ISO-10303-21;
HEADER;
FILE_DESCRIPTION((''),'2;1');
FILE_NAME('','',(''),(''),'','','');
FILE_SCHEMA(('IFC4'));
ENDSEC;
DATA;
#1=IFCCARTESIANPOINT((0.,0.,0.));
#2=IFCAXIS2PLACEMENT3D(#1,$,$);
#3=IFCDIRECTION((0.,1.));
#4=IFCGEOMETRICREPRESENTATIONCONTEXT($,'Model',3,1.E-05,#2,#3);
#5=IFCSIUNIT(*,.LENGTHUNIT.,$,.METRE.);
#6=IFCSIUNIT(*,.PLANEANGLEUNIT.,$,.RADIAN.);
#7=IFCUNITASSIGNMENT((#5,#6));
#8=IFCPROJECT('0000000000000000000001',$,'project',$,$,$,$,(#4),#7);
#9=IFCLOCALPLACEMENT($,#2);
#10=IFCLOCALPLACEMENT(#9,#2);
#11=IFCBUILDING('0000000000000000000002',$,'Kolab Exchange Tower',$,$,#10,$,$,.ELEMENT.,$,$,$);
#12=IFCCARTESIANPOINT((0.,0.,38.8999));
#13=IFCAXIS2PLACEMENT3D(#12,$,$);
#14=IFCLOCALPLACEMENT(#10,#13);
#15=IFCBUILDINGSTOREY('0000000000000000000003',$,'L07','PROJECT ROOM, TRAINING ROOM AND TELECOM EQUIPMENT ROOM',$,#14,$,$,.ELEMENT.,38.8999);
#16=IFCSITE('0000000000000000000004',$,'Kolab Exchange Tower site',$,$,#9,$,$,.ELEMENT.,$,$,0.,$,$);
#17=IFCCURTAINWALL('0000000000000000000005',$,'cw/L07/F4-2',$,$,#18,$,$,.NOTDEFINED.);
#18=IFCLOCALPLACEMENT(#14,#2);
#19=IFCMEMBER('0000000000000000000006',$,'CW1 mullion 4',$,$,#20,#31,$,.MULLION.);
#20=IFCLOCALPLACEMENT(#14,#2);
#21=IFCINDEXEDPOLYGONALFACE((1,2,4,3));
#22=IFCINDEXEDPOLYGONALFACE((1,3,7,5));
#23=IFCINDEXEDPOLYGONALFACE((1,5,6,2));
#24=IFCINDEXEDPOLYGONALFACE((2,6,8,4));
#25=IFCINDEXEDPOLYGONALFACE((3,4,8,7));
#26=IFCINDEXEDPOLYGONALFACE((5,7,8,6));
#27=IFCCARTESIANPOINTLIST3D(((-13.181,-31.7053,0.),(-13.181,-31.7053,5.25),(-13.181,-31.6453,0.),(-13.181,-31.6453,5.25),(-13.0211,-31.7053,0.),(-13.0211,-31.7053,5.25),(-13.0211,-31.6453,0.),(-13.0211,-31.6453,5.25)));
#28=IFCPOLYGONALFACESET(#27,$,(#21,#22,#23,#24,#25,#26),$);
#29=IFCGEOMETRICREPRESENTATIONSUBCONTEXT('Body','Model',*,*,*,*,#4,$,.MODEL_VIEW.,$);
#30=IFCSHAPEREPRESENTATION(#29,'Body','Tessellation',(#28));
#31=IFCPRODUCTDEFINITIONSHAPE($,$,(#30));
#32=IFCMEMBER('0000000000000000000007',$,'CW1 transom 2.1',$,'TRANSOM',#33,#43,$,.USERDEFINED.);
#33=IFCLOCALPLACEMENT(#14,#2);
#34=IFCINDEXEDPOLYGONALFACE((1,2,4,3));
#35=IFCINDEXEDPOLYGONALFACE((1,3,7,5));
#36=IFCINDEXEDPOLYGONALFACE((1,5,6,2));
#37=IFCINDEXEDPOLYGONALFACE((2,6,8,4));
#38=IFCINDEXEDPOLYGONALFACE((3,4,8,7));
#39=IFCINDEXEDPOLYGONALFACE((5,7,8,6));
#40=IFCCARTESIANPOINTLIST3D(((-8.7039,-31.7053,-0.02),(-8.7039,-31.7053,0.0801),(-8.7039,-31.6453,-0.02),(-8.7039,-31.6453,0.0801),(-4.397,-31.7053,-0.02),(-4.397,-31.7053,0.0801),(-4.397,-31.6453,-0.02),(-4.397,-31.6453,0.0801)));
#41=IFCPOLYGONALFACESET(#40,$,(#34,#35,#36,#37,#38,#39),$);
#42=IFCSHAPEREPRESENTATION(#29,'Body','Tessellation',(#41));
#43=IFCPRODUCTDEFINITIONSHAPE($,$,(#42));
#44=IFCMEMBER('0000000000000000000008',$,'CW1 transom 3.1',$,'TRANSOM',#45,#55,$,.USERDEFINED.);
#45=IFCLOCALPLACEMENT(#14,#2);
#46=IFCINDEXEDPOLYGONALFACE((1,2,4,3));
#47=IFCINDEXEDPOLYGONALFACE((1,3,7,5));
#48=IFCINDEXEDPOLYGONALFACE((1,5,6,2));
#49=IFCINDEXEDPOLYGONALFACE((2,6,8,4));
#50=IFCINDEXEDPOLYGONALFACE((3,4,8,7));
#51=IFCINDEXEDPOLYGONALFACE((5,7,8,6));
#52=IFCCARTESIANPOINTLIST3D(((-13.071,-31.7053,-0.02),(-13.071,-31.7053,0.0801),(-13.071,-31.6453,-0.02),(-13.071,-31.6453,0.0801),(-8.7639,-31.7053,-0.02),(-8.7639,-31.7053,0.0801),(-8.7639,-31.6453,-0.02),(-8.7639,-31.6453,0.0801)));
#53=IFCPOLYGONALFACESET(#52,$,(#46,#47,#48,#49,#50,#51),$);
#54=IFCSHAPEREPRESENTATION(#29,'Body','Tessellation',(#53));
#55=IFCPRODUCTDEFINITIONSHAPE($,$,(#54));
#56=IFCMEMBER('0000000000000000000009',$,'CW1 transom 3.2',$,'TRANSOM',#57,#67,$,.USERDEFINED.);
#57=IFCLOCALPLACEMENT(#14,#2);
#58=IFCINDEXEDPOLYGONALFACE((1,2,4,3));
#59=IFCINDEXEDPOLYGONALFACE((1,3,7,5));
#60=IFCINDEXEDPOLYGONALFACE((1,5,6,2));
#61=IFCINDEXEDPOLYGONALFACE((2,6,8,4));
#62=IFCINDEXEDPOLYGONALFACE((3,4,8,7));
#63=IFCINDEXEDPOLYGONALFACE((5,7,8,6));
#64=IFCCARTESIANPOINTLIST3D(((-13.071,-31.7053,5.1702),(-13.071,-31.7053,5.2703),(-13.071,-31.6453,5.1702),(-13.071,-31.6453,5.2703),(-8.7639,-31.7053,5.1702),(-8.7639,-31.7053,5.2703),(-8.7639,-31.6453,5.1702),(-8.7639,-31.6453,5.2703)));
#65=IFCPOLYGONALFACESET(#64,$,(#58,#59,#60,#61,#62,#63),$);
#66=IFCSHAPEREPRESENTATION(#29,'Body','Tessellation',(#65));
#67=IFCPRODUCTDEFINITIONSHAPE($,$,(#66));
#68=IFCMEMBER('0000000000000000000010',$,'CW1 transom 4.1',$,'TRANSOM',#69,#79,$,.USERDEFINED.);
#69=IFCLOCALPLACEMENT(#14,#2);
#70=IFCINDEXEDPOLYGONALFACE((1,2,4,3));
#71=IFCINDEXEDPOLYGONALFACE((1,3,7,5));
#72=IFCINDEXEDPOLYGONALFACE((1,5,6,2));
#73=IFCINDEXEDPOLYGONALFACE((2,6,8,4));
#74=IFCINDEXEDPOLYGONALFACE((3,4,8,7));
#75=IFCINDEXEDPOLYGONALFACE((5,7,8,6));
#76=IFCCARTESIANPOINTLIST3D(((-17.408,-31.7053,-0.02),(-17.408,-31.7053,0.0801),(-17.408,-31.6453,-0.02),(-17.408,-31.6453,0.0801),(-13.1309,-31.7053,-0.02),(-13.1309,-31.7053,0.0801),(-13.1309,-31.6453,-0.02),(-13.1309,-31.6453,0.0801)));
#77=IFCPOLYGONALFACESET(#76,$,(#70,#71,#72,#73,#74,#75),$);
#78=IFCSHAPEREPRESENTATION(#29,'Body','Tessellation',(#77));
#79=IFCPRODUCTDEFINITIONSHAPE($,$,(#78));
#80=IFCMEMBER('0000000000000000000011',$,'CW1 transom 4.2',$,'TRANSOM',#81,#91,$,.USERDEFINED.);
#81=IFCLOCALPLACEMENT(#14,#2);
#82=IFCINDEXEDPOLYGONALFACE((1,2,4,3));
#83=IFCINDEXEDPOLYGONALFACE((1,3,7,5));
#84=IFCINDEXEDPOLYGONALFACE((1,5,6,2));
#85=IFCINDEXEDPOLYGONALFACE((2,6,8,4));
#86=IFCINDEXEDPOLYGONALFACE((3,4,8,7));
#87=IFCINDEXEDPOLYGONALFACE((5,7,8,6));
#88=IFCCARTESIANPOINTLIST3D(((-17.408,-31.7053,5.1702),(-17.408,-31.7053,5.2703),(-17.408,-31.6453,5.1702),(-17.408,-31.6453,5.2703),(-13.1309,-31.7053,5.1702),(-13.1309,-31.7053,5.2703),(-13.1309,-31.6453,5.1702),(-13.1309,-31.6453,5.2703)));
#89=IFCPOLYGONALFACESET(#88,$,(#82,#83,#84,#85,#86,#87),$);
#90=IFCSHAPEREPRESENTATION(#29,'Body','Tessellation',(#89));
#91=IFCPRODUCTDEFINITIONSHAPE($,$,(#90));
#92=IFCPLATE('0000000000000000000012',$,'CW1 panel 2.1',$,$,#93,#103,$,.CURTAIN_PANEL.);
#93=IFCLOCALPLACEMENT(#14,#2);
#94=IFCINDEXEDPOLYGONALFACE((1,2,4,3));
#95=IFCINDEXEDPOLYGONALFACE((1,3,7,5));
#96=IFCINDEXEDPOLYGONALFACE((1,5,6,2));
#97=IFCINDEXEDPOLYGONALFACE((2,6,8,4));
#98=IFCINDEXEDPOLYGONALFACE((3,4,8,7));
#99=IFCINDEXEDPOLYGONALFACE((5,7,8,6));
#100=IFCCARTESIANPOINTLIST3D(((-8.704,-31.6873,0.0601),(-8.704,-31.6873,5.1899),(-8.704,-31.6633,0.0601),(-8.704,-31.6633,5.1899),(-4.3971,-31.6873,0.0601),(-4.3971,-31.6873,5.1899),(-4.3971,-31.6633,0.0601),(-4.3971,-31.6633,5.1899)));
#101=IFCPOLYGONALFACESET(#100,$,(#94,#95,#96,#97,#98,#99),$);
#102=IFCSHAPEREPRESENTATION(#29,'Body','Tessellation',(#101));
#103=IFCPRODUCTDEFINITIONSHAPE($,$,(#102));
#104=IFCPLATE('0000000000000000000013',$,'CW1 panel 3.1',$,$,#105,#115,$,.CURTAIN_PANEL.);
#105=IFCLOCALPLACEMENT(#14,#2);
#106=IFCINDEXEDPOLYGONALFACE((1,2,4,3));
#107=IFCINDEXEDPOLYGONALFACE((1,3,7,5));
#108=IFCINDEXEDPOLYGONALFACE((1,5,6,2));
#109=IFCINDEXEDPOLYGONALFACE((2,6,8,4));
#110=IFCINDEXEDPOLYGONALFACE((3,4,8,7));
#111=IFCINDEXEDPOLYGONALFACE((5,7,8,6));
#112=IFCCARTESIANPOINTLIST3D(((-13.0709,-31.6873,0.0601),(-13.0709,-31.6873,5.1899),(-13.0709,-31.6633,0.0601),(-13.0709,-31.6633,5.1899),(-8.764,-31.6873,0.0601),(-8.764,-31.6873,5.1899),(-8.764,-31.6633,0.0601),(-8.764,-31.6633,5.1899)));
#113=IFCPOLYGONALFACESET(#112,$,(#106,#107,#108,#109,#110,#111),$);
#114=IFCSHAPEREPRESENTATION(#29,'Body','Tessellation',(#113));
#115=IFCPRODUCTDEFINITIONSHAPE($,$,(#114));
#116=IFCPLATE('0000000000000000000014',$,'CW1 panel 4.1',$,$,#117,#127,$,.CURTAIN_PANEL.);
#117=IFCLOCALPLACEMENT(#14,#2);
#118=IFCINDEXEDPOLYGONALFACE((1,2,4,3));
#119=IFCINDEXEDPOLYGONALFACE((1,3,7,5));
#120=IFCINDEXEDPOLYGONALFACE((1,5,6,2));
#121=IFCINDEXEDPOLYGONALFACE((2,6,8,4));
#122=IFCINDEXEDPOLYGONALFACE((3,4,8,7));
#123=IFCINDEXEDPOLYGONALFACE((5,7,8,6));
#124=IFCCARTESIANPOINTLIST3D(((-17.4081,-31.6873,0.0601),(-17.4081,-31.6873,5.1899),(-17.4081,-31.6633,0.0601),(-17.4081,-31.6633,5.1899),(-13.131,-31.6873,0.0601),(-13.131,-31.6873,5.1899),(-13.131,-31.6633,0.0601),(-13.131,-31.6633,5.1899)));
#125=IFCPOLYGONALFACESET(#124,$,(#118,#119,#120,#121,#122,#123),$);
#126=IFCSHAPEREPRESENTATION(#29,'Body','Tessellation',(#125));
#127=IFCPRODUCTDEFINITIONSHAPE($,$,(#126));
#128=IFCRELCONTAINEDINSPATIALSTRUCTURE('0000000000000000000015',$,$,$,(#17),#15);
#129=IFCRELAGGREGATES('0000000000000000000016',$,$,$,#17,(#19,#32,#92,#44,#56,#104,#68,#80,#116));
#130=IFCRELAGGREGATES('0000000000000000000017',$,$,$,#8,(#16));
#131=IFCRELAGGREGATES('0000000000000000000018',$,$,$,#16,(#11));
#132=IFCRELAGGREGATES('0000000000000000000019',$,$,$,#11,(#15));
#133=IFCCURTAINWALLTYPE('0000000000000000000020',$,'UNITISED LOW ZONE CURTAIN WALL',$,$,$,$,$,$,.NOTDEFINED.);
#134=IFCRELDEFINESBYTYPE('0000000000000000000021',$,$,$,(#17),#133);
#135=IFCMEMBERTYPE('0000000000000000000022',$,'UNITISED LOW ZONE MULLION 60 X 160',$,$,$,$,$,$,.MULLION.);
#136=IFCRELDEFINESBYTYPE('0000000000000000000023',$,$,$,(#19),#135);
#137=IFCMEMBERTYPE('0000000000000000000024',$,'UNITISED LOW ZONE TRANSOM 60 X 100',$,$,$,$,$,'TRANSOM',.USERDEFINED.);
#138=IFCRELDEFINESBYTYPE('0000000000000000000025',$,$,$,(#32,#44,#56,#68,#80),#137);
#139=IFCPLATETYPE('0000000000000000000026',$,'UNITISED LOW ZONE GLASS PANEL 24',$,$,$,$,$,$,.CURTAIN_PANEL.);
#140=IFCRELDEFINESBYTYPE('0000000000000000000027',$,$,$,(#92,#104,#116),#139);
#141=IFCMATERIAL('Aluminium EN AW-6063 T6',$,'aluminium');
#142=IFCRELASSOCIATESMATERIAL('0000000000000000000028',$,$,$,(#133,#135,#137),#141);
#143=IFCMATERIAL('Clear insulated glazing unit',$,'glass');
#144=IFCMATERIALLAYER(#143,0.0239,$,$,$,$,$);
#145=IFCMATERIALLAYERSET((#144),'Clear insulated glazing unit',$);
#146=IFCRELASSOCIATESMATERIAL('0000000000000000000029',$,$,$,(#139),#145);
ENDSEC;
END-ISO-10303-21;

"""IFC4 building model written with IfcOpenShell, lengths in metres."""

from ifc_helpers import new_model, si_unit, direction, frame, origin, origin_2d, place, context, subcontext, project, spatial, rectangle, extrude, material, layer, layer_set, material_profile, profile_set, type_object, element, aggregate, save


model = new_model("IFC4")

# Units and contexts
model_context = context("Model", 3, precision=1e-05, world=origin(), true_north=direction((0.0, 1.0)))
body_context = subcontext(model_context, "Body", "Model", "MODEL_VIEW")
ifc_project = project(units=[si_unit("LENGTHUNIT", "METRE"), si_unit("PLANEANGLEUNIT", "RADIAN")], contexts=[model_context])

# Site, building, storey
site_placement = place(None, origin())
site = spatial("IfcSite", under=ifc_project, at=site_placement, Name="Kolab Exchange Tower site", CompositionType="ELEMENT", RefElevation=0.0)
building_placement = place(site_placement, origin())
building = spatial("IfcBuilding", under=site, at=building_placement, Name="Kolab Exchange Tower", CompositionType="ELEMENT")
storey_placement = place(building_placement, frame((0.0, 0.0, 38.8999)))
storey = spatial("IfcBuildingStorey", under=building, at=storey_placement, Name="L07", Description="PROJECT ROOM, TRAINING ROOM AND TELECOM EQUIPMENT ROOM", CompositionType="ELEMENT", Elevation=38.8999)

# Curtain wall, members, plates
ifc_material_1 = material(Name="Aluminium EN AW-6063 T6", Category="aluminium")
curtain_wall_type = type_object("IfcCurtainWallType", Name="UNITISED LOW ZONE CURTAIN WALL", PredefinedType="NOTDEFINED", material=ifc_material_1)
curtain_wall_placement = place(storey_placement, origin())
curtain_wall = element("IfcCurtainWall", 1, at=curtain_wall_placement, inside=storey, type_object=curtain_wall_type, Name="cw/L07/F4-2", PredefinedType="NOTDEFINED")
ifc_material_profile_1 = material_profile(ifc_material_1, rectangle(XDim=0.0601, YDim=0.1599, at=origin_2d()), Name="RECT 60X160")
ifc_profile_set_1 = profile_set([ifc_material_profile_1], Name="Aluminium EN AW-6063 T6")
member_type_1 = type_object("IfcMemberType", Name="UNITISED LOW ZONE MULLION 60 X 160", PredefinedType="MULLION", material=ifc_profile_set_1)
member_1_placement = place(storey_placement, frame((-13.1011, -31.6753, 0.0), z_axis=(0.0, 0.0, 1.0), x_axis=(0.0, -1.0, 0.0)))
member_1 = element("IfcMember", 2, at=member_1_placement, type_object=member_type_1, Name="CW1 mullion 4", PredefinedType="MULLION", context=body_context, shape_type="SweptSolid", body=[
    extrude(rectangle(XDim=0.0601, YDim=0.1599, at=origin_2d()), origin(), (0.0, 0.0, 1.0), 5.25),
])
ifc_material_profile_2 = material_profile(ifc_material_1, rectangle(XDim=0.0601, YDim=0.1001, at=origin_2d()), Name="RECT 60X100")
ifc_profile_set_2 = profile_set([ifc_material_profile_2], Name="Aluminium EN AW-6063 T6")
member_type_2 = type_object("IfcMemberType", Name="UNITISED LOW ZONE TRANSOM 60 X 100", ElementType="TRANSOM", PredefinedType="USERDEFINED", material=ifc_profile_set_2)
member_2_placement = place(storey_placement, frame((-4.397, -31.6753, 0.03), z_axis=(-1.0, 0.0, 0.0), x_axis=(0.0, -1.0, 0.0)))
member_2 = element("IfcMember", 3, at=member_2_placement, type_object=member_type_2, Name="CW1 transom 2.1", ObjectType="TRANSOM", PredefinedType="USERDEFINED", context=body_context, shape_type="SweptSolid", body=[
    extrude(rectangle(XDim=0.0601, YDim=0.1001, at=origin_2d()), origin(), (0.0, 0.0, 1.0), 4.3069),
])
member_3_placement = place(storey_placement, frame((-8.7639, -31.6753, 0.03), z_axis=(-1.0, 0.0, 0.0), x_axis=(0.0, -1.0, 0.0)))
member_3 = element("IfcMember", 4, at=member_3_placement, type_object=member_type_2, Name="CW1 transom 3.1", ObjectType="TRANSOM", PredefinedType="USERDEFINED", context=body_context, shape_type="SweptSolid", body=[
    extrude(rectangle(XDim=0.0601, YDim=0.1001, at=origin_2d()), origin(), (0.0, 0.0, 1.0), 4.3071),
])
member_4_placement = place(storey_placement, frame((-8.7639, -31.6753, 5.2202), z_axis=(-1.0, 0.0, 0.0), x_axis=(0.0, -1.0, 0.0)))
member_4 = element("IfcMember", 5, at=member_4_placement, type_object=member_type_2, Name="CW1 transom 3.2", ObjectType="TRANSOM", PredefinedType="USERDEFINED", context=body_context, shape_type="SweptSolid", body=[
    extrude(rectangle(XDim=0.0601, YDim=0.1001, at=origin_2d()), origin(), (0.0, 0.0, 1.0), 4.3071),
])
member_5_placement = place(storey_placement, frame((-13.1309, -31.6753, 0.03), z_axis=(-1.0, 0.0, 0.0), x_axis=(0.0, -1.0, 0.0)))
member_5 = element("IfcMember", 6, at=member_5_placement, type_object=member_type_2, Name="CW1 transom 4.1", ObjectType="TRANSOM", PredefinedType="USERDEFINED", context=body_context, shape_type="SweptSolid", body=[
    extrude(rectangle(XDim=0.0601, YDim=0.1001, at=origin_2d()), origin(), (0.0, 0.0, 1.0), 4.2771),
])
member_6_placement = place(storey_placement, frame((-13.1309, -31.6753, 5.2202), z_axis=(-1.0, 0.0, 0.0), x_axis=(0.0, -1.0, 0.0)))
member_6 = element("IfcMember", 7, at=member_6_placement, type_object=member_type_2, Name="CW1 transom 4.2", ObjectType="TRANSOM", PredefinedType="USERDEFINED", context=body_context, shape_type="SweptSolid", body=[
    extrude(rectangle(XDim=0.0601, YDim=0.1001, at=origin_2d()), origin(), (0.0, 0.0, 1.0), 4.2771),
])
ifc_material_2 = material(Name="Clear insulated glazing unit", Category="glass")
ifc_layer = layer(ifc_material_2, 0.0239)
ifc_layer_set = layer_set([ifc_layer], Name="Clear insulated glazing unit")
plate_type = type_object("IfcPlateType", Name="UNITISED LOW ZONE GLASS PANEL 24", PredefinedType="CURTAIN_PANEL", material=ifc_layer_set)
plate_1_placement = place(storey_placement, frame((-6.5505, -31.6753, 0.0601), z_axis=(0.0, 0.0, 1.0), x_axis=(-1.0, 0.0, 0.0)))
plate_1 = element("IfcPlate", 8, at=plate_1_placement, type_object=plate_type, Name="CW1 panel 2.1", PredefinedType="CURTAIN_PANEL", context=body_context, shape_type="SweptSolid", body=[
    extrude(rectangle(XDim=4.3069, YDim=0.0239, at=origin_2d()), origin(), (0.0, 0.0, 1.0), 5.1299),
])
plate_2_placement = place(storey_placement, frame((-10.9175, -31.6753, 0.0601), z_axis=(0.0, 0.0, 1.0), x_axis=(-1.0, 0.0, 0.0)))
plate_2 = element("IfcPlate", 9, at=plate_2_placement, type_object=plate_type, Name="CW1 panel 3.1", PredefinedType="CURTAIN_PANEL", context=body_context, shape_type="SweptSolid", body=[
    extrude(rectangle(XDim=4.3069, YDim=0.0239, at=origin_2d()), origin(), (0.0, 0.0, 1.0), 5.1299),
])
plate_3_placement = place(storey_placement, frame((-15.2695, -31.6753, 0.0601), z_axis=(0.0, 0.0, 1.0), x_axis=(-1.0, 0.0, 0.0)))
plate_3 = element("IfcPlate", 10, at=plate_3_placement, type_object=plate_type, Name="CW1 panel 4.1", PredefinedType="CURTAIN_PANEL", context=body_context, shape_type="SweptSolid", body=[
    extrude(rectangle(XDim=4.2771, YDim=0.0239, at=origin_2d()), origin(), (0.0, 0.0, 1.0), 5.1299),
])
aggregate(curtain_wall, [member_1, member_2, plate_1, member_3, member_4, plate_2, member_5, member_6, plate_3])

save(model, "model.ifc")
